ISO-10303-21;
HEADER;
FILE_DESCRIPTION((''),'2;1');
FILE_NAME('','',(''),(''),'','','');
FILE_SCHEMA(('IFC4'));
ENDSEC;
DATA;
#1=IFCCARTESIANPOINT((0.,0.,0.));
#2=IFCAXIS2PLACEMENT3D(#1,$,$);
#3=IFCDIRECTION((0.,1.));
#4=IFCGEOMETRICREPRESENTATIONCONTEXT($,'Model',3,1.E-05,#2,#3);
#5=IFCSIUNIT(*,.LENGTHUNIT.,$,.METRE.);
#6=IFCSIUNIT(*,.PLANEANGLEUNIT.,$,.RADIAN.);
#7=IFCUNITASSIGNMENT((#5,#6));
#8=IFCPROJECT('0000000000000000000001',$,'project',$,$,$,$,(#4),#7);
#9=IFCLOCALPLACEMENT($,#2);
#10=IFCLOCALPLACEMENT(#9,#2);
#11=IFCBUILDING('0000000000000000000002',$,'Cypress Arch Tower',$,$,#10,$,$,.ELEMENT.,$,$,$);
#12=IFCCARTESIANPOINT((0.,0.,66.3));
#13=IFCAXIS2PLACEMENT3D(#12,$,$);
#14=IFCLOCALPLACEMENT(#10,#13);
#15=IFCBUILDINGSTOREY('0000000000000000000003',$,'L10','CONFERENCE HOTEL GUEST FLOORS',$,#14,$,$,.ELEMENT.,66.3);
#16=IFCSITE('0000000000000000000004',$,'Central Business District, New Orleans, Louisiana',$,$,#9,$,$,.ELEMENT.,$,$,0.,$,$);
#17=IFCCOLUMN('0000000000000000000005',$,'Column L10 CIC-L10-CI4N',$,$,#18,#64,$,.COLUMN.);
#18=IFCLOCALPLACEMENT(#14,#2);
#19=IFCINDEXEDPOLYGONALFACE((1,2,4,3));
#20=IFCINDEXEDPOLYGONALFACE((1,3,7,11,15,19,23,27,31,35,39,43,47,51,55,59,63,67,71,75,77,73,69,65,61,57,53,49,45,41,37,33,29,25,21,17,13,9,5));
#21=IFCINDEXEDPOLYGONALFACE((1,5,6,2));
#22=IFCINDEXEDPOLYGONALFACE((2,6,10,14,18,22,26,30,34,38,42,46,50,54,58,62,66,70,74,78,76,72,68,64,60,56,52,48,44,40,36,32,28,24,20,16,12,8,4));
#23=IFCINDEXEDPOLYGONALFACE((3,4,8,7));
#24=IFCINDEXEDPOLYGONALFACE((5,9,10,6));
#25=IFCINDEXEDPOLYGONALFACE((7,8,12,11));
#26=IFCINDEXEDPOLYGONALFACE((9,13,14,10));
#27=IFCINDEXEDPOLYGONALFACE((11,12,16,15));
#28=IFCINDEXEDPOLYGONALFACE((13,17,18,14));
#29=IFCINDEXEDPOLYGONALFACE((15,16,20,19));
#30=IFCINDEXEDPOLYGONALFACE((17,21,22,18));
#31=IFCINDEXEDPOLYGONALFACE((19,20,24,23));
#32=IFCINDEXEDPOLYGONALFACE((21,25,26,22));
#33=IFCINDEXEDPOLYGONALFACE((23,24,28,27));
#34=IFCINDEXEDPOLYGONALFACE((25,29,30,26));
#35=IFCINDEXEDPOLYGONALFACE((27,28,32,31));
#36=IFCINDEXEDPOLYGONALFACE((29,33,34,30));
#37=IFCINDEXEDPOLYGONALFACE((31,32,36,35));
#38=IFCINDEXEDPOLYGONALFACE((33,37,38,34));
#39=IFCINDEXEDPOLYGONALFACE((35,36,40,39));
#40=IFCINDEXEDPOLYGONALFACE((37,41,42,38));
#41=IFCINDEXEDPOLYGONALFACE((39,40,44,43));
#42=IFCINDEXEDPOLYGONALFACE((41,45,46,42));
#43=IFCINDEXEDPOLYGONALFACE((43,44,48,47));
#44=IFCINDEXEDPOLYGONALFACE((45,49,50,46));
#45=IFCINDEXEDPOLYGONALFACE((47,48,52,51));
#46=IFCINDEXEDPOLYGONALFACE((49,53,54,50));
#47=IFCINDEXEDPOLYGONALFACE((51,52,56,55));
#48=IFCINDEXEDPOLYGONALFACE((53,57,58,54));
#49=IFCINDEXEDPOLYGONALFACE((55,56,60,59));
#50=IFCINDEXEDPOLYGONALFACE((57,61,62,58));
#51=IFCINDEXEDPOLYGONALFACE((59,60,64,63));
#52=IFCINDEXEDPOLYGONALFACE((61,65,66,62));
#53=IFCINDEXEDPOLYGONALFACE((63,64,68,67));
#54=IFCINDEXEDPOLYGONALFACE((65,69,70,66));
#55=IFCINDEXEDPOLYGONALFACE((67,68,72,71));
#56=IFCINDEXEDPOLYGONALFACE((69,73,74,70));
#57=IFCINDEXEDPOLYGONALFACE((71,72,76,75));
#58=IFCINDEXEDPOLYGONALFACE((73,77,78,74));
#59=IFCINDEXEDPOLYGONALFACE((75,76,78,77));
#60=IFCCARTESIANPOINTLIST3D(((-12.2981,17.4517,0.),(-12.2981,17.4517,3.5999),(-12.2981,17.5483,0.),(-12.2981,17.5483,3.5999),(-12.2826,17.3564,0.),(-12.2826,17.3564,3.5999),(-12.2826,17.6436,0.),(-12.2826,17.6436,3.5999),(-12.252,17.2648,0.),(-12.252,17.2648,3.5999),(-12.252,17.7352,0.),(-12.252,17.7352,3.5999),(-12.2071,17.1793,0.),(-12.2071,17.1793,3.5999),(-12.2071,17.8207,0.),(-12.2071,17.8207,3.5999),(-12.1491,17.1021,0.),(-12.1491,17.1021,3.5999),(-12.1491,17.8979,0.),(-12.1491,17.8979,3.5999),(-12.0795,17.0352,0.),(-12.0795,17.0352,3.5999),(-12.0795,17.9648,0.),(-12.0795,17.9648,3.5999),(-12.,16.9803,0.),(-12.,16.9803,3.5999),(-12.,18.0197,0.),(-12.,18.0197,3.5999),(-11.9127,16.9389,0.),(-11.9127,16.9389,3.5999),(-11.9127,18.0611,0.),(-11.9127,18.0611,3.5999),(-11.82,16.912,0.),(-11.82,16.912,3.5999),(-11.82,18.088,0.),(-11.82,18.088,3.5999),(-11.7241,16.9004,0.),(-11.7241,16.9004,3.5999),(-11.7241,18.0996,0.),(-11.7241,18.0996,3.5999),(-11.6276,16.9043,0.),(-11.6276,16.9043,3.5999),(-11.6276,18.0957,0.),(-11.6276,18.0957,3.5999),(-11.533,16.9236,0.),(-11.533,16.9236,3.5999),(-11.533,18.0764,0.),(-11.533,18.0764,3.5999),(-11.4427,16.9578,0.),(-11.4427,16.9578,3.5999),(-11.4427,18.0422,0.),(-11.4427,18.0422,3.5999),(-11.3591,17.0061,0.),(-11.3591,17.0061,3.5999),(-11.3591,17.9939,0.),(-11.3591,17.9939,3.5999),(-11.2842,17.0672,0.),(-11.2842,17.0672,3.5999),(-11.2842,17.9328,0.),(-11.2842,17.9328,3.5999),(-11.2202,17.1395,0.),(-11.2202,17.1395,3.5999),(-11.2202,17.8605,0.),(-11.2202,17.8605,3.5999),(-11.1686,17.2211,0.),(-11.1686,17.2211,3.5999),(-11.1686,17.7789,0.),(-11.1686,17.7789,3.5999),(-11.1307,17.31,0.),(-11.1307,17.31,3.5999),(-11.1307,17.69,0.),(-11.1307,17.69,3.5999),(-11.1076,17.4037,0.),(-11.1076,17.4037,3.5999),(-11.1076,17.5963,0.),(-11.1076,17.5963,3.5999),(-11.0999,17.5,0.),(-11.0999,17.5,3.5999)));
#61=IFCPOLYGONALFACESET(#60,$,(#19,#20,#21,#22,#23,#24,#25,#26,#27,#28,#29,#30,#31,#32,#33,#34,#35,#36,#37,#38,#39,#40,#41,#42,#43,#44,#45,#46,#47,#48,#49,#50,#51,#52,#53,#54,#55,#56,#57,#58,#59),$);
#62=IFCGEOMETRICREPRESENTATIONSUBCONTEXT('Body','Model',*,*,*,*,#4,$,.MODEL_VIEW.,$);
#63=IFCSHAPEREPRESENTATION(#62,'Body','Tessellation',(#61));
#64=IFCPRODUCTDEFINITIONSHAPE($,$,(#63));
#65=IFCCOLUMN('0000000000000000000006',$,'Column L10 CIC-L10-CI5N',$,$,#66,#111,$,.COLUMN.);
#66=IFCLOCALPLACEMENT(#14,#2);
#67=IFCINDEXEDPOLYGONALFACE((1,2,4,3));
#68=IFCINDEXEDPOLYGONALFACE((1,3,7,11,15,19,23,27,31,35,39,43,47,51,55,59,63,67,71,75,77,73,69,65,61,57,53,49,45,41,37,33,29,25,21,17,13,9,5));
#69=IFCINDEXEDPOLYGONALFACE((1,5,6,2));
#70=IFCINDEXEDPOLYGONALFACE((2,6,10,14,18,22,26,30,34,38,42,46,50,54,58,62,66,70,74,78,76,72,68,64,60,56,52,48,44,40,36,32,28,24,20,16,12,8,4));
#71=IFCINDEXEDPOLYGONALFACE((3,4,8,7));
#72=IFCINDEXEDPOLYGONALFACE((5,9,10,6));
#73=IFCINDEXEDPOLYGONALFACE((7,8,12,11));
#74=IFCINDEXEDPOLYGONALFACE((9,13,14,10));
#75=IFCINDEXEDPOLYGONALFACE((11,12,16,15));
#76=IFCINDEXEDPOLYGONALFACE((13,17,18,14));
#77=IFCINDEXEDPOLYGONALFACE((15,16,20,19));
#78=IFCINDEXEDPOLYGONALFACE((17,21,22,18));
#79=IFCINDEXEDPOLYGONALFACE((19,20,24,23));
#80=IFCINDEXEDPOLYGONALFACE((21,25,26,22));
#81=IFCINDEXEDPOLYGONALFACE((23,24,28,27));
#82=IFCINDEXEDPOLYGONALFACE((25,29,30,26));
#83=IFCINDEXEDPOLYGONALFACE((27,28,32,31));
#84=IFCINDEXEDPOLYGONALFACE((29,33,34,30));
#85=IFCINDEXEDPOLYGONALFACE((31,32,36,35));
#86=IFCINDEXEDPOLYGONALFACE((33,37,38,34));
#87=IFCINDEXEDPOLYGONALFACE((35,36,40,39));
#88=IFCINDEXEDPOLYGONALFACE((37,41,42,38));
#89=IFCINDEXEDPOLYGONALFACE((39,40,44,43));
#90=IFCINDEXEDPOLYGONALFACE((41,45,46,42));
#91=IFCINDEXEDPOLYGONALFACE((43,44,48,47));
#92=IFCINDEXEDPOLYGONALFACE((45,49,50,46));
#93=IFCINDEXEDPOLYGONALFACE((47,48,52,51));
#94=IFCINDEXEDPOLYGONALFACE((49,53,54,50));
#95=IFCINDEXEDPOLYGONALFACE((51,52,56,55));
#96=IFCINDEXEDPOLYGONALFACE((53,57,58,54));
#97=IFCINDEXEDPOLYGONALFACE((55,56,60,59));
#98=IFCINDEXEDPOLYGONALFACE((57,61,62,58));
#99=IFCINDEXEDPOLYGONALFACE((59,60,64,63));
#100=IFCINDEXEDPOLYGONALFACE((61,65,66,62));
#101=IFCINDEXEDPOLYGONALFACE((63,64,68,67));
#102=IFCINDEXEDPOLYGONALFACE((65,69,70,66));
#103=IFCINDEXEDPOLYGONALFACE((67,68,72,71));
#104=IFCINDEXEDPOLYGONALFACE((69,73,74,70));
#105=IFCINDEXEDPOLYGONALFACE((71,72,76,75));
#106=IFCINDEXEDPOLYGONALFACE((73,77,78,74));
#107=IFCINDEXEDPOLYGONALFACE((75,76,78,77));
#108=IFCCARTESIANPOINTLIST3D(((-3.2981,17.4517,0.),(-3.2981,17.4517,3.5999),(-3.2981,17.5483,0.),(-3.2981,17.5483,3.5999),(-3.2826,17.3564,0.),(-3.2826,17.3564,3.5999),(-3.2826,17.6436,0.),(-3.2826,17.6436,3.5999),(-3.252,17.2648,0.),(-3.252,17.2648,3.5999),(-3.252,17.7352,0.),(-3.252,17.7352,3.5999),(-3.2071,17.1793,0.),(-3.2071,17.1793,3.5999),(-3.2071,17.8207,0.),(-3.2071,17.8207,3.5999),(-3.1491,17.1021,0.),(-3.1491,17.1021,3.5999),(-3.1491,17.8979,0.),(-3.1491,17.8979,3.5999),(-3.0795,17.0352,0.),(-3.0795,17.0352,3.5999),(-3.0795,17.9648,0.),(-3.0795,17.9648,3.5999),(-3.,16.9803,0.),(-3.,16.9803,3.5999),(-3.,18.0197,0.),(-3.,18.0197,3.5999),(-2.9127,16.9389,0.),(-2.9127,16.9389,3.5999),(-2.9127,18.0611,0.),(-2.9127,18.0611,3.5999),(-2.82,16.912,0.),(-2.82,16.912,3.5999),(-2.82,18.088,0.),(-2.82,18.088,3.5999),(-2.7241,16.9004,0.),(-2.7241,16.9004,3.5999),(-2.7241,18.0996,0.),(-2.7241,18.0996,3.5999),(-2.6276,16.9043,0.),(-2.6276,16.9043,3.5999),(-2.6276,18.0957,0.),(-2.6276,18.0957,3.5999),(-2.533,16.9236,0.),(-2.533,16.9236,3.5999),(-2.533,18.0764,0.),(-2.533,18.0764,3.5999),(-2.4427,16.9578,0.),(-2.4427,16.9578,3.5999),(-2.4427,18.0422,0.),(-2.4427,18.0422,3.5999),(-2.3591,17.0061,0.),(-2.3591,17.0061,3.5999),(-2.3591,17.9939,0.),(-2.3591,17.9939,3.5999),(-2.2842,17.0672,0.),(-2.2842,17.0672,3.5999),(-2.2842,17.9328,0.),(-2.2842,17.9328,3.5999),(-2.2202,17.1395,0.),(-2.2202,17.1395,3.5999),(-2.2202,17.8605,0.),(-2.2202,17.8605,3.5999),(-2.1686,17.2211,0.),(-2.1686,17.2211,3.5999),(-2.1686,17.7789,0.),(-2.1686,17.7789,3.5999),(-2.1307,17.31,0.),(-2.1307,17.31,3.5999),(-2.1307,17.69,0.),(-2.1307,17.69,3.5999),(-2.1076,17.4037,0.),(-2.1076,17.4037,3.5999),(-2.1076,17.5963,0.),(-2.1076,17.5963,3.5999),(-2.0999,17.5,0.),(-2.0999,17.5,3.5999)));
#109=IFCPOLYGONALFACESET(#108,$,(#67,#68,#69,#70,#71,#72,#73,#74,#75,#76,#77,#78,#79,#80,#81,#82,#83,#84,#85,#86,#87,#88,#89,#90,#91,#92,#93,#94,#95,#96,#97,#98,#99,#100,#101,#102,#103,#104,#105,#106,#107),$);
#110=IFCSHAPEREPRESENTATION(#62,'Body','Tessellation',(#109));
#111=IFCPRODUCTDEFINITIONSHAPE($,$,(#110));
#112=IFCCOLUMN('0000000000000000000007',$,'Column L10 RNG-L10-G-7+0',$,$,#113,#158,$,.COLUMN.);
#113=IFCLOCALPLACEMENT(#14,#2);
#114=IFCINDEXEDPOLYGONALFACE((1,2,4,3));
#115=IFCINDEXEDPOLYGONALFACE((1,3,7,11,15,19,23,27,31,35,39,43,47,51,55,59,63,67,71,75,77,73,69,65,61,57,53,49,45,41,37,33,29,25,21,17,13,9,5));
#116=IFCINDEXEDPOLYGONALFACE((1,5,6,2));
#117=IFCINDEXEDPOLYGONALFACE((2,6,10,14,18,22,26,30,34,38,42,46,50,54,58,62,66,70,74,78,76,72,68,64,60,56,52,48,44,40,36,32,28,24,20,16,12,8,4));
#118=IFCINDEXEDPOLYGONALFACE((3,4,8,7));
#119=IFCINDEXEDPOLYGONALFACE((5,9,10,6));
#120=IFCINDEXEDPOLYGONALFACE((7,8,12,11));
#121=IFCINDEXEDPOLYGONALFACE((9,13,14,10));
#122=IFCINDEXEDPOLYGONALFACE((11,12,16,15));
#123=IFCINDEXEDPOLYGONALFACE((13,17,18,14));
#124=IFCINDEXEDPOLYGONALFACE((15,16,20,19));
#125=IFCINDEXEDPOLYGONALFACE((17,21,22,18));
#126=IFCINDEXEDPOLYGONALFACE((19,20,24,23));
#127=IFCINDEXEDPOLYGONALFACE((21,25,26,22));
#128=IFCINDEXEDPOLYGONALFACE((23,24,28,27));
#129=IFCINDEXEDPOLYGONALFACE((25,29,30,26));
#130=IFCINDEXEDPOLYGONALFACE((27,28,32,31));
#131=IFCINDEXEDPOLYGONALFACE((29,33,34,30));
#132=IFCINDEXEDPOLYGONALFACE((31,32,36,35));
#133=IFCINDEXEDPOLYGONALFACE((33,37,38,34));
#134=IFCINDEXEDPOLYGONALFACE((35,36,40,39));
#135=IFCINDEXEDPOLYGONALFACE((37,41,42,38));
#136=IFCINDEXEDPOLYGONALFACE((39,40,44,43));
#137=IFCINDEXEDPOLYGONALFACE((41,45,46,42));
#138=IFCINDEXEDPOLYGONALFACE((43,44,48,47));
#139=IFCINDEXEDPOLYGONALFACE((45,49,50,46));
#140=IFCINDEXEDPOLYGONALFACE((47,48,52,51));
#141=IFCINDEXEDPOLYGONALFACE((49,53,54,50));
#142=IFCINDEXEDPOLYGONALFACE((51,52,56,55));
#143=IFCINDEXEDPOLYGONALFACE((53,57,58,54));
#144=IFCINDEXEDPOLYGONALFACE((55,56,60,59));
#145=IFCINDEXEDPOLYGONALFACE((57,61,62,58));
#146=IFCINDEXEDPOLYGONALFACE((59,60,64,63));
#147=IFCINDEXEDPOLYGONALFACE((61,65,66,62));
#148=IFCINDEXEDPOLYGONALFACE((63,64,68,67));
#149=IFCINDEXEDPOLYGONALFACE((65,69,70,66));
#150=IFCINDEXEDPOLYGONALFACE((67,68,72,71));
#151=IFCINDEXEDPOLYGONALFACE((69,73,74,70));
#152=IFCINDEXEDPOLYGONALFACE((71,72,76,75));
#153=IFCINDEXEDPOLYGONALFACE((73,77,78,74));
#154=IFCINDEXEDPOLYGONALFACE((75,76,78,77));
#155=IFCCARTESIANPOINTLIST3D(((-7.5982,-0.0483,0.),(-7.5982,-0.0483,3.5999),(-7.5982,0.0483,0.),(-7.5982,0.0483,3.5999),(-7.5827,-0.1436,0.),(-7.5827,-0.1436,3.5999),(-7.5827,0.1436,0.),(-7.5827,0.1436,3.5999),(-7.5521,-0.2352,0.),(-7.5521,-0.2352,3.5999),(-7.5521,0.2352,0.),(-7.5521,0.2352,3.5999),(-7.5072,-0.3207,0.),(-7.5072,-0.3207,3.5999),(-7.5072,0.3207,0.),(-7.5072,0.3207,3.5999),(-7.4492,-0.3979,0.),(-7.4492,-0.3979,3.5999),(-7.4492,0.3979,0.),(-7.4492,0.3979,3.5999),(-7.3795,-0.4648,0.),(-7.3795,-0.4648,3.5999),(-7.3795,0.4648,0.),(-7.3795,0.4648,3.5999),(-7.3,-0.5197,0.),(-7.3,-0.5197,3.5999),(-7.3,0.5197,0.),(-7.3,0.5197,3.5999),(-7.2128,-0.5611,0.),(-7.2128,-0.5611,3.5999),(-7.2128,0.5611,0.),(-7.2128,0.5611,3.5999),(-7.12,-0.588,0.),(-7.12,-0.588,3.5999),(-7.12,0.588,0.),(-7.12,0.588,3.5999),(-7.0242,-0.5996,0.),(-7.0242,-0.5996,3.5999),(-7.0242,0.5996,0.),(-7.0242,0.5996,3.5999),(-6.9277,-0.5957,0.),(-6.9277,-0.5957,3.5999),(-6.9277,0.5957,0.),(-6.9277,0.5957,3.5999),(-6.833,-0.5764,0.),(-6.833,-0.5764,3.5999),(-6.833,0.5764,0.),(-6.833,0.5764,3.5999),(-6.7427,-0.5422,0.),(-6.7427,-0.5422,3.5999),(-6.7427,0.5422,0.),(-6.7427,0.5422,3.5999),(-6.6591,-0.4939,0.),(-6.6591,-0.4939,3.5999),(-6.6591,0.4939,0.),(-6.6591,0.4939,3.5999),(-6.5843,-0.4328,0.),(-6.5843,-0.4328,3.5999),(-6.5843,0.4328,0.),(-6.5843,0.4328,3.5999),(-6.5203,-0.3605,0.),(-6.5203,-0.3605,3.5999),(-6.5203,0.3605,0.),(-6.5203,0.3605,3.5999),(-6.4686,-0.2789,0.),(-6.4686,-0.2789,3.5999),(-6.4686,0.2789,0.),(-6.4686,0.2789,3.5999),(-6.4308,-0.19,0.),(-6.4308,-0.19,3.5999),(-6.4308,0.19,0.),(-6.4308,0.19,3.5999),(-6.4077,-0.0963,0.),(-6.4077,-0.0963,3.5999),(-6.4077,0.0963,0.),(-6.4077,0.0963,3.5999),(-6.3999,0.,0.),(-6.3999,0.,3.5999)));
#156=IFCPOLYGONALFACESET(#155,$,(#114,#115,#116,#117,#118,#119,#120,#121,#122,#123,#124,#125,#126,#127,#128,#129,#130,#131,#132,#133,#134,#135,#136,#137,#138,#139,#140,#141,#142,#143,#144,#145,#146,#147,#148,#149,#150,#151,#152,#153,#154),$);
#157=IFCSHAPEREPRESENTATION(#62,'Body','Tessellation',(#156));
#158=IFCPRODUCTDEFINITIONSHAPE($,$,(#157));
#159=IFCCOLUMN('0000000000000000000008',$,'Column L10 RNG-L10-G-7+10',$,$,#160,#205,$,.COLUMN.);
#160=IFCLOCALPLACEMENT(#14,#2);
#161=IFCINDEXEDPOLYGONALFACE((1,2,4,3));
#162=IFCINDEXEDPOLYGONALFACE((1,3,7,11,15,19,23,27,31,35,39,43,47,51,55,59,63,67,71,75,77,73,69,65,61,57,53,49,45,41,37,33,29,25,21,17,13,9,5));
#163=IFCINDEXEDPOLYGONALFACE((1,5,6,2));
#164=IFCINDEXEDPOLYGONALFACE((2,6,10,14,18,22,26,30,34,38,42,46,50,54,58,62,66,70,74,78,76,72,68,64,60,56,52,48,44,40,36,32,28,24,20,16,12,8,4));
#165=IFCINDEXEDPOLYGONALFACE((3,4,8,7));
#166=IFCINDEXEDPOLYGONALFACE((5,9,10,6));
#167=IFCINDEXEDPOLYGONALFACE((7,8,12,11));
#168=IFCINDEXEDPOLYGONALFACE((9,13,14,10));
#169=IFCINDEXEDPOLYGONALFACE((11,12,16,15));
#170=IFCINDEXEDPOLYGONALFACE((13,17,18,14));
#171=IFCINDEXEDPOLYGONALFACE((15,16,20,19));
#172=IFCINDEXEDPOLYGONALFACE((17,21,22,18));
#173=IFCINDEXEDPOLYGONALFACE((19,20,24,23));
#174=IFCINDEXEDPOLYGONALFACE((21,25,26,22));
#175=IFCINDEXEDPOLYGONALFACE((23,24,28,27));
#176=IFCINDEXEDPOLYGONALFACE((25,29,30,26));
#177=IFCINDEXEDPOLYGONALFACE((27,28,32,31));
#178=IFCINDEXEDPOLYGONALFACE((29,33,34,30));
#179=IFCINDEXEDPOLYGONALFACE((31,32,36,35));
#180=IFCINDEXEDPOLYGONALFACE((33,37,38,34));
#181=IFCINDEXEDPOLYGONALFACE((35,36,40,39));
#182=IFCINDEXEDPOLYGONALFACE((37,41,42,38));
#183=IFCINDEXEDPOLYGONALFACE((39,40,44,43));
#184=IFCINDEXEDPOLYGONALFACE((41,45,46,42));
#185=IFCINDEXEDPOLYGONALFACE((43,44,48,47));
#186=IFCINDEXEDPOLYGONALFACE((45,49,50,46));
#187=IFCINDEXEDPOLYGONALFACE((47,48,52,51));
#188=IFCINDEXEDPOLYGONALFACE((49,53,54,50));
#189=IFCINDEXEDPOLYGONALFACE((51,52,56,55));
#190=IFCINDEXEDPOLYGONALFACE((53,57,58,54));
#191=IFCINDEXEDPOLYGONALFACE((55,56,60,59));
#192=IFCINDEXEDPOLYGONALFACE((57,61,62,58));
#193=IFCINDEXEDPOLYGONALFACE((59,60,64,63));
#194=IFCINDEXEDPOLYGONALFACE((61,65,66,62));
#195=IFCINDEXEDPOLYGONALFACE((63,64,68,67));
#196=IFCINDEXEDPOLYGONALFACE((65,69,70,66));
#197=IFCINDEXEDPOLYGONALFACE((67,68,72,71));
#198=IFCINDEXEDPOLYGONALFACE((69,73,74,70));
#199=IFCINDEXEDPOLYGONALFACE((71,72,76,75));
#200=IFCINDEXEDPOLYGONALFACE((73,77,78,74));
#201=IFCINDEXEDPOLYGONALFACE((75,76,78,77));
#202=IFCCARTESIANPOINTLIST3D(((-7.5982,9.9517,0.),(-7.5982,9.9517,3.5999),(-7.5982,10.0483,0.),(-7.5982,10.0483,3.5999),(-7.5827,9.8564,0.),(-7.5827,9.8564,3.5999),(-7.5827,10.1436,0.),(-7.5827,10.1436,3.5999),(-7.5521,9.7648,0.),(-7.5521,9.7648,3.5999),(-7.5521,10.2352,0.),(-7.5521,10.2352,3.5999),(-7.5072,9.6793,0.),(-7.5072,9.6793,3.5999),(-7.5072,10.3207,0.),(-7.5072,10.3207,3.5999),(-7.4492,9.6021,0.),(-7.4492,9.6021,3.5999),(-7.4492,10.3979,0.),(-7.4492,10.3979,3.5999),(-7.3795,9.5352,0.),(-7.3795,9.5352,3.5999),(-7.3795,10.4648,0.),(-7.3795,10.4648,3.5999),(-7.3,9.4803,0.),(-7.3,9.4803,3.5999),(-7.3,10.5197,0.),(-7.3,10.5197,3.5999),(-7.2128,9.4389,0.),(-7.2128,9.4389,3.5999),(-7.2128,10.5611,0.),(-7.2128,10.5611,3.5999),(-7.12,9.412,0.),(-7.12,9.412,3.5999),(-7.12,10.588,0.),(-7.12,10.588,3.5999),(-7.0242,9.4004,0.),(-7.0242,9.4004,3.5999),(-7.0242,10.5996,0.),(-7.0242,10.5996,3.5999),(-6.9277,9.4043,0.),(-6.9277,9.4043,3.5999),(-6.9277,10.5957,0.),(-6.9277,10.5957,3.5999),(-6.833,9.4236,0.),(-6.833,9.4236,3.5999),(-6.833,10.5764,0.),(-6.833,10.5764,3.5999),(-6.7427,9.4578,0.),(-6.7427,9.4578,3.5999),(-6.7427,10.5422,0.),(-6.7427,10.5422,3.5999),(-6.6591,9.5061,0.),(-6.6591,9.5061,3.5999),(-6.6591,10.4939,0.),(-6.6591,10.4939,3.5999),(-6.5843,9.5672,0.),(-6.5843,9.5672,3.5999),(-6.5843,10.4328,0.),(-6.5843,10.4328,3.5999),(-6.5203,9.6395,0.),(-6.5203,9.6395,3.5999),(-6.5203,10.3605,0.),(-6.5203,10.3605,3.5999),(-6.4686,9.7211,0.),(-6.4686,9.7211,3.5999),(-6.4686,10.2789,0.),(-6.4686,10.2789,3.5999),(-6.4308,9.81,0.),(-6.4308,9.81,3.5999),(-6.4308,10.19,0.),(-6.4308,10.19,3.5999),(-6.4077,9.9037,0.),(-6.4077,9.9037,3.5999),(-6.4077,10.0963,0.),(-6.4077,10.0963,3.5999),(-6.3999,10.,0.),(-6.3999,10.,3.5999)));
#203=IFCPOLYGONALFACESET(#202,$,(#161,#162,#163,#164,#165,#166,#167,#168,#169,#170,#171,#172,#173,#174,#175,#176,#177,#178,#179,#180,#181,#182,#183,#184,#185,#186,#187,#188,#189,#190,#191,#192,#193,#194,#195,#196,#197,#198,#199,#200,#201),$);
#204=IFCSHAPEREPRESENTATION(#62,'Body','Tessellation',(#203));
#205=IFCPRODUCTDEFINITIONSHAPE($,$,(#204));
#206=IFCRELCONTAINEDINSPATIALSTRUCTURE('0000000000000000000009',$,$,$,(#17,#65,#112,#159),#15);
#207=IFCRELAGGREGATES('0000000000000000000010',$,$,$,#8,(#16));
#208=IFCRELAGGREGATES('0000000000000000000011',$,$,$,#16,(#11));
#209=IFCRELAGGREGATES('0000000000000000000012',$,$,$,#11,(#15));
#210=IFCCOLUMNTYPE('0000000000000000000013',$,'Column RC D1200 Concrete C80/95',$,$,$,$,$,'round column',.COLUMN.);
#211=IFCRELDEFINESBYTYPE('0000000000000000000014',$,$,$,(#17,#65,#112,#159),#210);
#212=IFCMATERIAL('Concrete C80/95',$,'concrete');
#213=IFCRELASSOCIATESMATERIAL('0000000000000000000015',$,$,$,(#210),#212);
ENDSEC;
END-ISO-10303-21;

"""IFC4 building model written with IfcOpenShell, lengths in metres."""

from ifc_helpers import new_model, si_unit, direction, frame, origin, origin_2d, place, context, subcontext, project, spatial, circle, extrude, material, material_profile, profile_set, type_object, element, save


model = new_model("IFC4")

# Units and contexts
model_context = context("Model", 3, precision=1e-05, world=origin(), true_north=direction((0.0, 1.0)))
body_context = subcontext(model_context, "Body", "Model", "MODEL_VIEW")
ifc_project = project(units=[si_unit("LENGTHUNIT", "METRE"), si_unit("PLANEANGLEUNIT", "RADIAN")], contexts=[model_context])

# Site, building, storey
site_placement = place(None, origin())
site = spatial("IfcSite", under=ifc_project, at=site_placement, Name="Central Business District, New Orleans, Louisiana", CompositionType="ELEMENT", RefElevation=0.0)
building_placement = place(site_placement, origin())
building = spatial("IfcBuilding", under=site, at=building_placement, Name="Cypress Arch Tower", CompositionType="ELEMENT")
storey_placement = place(building_placement, frame((0.0, 0.0, 66.3)))
storey = spatial("IfcBuildingStorey", under=building, at=storey_placement, Name="L10", Description="CONFERENCE HOTEL GUEST FLOORS", CompositionType="ELEMENT", Elevation=66.3)

# Columns
ifc_material_1 = material(Name="Concrete C80/95", Category="concrete")
ifc_material_profile_1 = material_profile(ifc_material_1, circle(Radius=0.6001, at=origin_2d()), Name="RC D1200")
ifc_profile_set_1 = profile_set([ifc_material_profile_1], Name="Concrete C80/95")
column_type = type_object("IfcColumnType", Name="Column RC D1200 Concrete C80/95", ElementType="round column", PredefinedType="COLUMN", material=ifc_profile_set_1)
for number, where, z_axis, x_axis, name in (
    (1, (-11.7, 17.5, 0.0), (0.0, 0.0, 1.0), (1.0, 0.0, 0.0), "Column L10 CIC-L10-CI4N"),
    (2, (-2.7, 17.5, 0.0), (0.0, 0.0, 1.0), (1.0, 0.0, 0.0), "Column L10 CIC-L10-CI5N"),
    (3, (-7.0, 0.0, 0.0), (0.0, 0.0, 1.0), (1.0, 0.0, 0.0), "Column L10 RNG-L10-G-7+0"),
    (4, (-7.0, 10.0, 0.0), (0.0, 0.0, 1.0), (1.0, 0.0, 0.0), "Column L10 RNG-L10-G-7+10"),
):
    element("IfcColumn", number, at=place(storey_placement, frame(where, z_axis=z_axis, x_axis=x_axis)), inside=storey, type_object=column_type, Name=name, PredefinedType="COLUMN", context=body_context, shape_type="SweptSolid", body=[
        extrude(circle(Radius=0.6001, at=origin_2d()), origin(), (0.0, 0.0, 1.0), 3.5999),
    ])

save(model, "model.ifc")
